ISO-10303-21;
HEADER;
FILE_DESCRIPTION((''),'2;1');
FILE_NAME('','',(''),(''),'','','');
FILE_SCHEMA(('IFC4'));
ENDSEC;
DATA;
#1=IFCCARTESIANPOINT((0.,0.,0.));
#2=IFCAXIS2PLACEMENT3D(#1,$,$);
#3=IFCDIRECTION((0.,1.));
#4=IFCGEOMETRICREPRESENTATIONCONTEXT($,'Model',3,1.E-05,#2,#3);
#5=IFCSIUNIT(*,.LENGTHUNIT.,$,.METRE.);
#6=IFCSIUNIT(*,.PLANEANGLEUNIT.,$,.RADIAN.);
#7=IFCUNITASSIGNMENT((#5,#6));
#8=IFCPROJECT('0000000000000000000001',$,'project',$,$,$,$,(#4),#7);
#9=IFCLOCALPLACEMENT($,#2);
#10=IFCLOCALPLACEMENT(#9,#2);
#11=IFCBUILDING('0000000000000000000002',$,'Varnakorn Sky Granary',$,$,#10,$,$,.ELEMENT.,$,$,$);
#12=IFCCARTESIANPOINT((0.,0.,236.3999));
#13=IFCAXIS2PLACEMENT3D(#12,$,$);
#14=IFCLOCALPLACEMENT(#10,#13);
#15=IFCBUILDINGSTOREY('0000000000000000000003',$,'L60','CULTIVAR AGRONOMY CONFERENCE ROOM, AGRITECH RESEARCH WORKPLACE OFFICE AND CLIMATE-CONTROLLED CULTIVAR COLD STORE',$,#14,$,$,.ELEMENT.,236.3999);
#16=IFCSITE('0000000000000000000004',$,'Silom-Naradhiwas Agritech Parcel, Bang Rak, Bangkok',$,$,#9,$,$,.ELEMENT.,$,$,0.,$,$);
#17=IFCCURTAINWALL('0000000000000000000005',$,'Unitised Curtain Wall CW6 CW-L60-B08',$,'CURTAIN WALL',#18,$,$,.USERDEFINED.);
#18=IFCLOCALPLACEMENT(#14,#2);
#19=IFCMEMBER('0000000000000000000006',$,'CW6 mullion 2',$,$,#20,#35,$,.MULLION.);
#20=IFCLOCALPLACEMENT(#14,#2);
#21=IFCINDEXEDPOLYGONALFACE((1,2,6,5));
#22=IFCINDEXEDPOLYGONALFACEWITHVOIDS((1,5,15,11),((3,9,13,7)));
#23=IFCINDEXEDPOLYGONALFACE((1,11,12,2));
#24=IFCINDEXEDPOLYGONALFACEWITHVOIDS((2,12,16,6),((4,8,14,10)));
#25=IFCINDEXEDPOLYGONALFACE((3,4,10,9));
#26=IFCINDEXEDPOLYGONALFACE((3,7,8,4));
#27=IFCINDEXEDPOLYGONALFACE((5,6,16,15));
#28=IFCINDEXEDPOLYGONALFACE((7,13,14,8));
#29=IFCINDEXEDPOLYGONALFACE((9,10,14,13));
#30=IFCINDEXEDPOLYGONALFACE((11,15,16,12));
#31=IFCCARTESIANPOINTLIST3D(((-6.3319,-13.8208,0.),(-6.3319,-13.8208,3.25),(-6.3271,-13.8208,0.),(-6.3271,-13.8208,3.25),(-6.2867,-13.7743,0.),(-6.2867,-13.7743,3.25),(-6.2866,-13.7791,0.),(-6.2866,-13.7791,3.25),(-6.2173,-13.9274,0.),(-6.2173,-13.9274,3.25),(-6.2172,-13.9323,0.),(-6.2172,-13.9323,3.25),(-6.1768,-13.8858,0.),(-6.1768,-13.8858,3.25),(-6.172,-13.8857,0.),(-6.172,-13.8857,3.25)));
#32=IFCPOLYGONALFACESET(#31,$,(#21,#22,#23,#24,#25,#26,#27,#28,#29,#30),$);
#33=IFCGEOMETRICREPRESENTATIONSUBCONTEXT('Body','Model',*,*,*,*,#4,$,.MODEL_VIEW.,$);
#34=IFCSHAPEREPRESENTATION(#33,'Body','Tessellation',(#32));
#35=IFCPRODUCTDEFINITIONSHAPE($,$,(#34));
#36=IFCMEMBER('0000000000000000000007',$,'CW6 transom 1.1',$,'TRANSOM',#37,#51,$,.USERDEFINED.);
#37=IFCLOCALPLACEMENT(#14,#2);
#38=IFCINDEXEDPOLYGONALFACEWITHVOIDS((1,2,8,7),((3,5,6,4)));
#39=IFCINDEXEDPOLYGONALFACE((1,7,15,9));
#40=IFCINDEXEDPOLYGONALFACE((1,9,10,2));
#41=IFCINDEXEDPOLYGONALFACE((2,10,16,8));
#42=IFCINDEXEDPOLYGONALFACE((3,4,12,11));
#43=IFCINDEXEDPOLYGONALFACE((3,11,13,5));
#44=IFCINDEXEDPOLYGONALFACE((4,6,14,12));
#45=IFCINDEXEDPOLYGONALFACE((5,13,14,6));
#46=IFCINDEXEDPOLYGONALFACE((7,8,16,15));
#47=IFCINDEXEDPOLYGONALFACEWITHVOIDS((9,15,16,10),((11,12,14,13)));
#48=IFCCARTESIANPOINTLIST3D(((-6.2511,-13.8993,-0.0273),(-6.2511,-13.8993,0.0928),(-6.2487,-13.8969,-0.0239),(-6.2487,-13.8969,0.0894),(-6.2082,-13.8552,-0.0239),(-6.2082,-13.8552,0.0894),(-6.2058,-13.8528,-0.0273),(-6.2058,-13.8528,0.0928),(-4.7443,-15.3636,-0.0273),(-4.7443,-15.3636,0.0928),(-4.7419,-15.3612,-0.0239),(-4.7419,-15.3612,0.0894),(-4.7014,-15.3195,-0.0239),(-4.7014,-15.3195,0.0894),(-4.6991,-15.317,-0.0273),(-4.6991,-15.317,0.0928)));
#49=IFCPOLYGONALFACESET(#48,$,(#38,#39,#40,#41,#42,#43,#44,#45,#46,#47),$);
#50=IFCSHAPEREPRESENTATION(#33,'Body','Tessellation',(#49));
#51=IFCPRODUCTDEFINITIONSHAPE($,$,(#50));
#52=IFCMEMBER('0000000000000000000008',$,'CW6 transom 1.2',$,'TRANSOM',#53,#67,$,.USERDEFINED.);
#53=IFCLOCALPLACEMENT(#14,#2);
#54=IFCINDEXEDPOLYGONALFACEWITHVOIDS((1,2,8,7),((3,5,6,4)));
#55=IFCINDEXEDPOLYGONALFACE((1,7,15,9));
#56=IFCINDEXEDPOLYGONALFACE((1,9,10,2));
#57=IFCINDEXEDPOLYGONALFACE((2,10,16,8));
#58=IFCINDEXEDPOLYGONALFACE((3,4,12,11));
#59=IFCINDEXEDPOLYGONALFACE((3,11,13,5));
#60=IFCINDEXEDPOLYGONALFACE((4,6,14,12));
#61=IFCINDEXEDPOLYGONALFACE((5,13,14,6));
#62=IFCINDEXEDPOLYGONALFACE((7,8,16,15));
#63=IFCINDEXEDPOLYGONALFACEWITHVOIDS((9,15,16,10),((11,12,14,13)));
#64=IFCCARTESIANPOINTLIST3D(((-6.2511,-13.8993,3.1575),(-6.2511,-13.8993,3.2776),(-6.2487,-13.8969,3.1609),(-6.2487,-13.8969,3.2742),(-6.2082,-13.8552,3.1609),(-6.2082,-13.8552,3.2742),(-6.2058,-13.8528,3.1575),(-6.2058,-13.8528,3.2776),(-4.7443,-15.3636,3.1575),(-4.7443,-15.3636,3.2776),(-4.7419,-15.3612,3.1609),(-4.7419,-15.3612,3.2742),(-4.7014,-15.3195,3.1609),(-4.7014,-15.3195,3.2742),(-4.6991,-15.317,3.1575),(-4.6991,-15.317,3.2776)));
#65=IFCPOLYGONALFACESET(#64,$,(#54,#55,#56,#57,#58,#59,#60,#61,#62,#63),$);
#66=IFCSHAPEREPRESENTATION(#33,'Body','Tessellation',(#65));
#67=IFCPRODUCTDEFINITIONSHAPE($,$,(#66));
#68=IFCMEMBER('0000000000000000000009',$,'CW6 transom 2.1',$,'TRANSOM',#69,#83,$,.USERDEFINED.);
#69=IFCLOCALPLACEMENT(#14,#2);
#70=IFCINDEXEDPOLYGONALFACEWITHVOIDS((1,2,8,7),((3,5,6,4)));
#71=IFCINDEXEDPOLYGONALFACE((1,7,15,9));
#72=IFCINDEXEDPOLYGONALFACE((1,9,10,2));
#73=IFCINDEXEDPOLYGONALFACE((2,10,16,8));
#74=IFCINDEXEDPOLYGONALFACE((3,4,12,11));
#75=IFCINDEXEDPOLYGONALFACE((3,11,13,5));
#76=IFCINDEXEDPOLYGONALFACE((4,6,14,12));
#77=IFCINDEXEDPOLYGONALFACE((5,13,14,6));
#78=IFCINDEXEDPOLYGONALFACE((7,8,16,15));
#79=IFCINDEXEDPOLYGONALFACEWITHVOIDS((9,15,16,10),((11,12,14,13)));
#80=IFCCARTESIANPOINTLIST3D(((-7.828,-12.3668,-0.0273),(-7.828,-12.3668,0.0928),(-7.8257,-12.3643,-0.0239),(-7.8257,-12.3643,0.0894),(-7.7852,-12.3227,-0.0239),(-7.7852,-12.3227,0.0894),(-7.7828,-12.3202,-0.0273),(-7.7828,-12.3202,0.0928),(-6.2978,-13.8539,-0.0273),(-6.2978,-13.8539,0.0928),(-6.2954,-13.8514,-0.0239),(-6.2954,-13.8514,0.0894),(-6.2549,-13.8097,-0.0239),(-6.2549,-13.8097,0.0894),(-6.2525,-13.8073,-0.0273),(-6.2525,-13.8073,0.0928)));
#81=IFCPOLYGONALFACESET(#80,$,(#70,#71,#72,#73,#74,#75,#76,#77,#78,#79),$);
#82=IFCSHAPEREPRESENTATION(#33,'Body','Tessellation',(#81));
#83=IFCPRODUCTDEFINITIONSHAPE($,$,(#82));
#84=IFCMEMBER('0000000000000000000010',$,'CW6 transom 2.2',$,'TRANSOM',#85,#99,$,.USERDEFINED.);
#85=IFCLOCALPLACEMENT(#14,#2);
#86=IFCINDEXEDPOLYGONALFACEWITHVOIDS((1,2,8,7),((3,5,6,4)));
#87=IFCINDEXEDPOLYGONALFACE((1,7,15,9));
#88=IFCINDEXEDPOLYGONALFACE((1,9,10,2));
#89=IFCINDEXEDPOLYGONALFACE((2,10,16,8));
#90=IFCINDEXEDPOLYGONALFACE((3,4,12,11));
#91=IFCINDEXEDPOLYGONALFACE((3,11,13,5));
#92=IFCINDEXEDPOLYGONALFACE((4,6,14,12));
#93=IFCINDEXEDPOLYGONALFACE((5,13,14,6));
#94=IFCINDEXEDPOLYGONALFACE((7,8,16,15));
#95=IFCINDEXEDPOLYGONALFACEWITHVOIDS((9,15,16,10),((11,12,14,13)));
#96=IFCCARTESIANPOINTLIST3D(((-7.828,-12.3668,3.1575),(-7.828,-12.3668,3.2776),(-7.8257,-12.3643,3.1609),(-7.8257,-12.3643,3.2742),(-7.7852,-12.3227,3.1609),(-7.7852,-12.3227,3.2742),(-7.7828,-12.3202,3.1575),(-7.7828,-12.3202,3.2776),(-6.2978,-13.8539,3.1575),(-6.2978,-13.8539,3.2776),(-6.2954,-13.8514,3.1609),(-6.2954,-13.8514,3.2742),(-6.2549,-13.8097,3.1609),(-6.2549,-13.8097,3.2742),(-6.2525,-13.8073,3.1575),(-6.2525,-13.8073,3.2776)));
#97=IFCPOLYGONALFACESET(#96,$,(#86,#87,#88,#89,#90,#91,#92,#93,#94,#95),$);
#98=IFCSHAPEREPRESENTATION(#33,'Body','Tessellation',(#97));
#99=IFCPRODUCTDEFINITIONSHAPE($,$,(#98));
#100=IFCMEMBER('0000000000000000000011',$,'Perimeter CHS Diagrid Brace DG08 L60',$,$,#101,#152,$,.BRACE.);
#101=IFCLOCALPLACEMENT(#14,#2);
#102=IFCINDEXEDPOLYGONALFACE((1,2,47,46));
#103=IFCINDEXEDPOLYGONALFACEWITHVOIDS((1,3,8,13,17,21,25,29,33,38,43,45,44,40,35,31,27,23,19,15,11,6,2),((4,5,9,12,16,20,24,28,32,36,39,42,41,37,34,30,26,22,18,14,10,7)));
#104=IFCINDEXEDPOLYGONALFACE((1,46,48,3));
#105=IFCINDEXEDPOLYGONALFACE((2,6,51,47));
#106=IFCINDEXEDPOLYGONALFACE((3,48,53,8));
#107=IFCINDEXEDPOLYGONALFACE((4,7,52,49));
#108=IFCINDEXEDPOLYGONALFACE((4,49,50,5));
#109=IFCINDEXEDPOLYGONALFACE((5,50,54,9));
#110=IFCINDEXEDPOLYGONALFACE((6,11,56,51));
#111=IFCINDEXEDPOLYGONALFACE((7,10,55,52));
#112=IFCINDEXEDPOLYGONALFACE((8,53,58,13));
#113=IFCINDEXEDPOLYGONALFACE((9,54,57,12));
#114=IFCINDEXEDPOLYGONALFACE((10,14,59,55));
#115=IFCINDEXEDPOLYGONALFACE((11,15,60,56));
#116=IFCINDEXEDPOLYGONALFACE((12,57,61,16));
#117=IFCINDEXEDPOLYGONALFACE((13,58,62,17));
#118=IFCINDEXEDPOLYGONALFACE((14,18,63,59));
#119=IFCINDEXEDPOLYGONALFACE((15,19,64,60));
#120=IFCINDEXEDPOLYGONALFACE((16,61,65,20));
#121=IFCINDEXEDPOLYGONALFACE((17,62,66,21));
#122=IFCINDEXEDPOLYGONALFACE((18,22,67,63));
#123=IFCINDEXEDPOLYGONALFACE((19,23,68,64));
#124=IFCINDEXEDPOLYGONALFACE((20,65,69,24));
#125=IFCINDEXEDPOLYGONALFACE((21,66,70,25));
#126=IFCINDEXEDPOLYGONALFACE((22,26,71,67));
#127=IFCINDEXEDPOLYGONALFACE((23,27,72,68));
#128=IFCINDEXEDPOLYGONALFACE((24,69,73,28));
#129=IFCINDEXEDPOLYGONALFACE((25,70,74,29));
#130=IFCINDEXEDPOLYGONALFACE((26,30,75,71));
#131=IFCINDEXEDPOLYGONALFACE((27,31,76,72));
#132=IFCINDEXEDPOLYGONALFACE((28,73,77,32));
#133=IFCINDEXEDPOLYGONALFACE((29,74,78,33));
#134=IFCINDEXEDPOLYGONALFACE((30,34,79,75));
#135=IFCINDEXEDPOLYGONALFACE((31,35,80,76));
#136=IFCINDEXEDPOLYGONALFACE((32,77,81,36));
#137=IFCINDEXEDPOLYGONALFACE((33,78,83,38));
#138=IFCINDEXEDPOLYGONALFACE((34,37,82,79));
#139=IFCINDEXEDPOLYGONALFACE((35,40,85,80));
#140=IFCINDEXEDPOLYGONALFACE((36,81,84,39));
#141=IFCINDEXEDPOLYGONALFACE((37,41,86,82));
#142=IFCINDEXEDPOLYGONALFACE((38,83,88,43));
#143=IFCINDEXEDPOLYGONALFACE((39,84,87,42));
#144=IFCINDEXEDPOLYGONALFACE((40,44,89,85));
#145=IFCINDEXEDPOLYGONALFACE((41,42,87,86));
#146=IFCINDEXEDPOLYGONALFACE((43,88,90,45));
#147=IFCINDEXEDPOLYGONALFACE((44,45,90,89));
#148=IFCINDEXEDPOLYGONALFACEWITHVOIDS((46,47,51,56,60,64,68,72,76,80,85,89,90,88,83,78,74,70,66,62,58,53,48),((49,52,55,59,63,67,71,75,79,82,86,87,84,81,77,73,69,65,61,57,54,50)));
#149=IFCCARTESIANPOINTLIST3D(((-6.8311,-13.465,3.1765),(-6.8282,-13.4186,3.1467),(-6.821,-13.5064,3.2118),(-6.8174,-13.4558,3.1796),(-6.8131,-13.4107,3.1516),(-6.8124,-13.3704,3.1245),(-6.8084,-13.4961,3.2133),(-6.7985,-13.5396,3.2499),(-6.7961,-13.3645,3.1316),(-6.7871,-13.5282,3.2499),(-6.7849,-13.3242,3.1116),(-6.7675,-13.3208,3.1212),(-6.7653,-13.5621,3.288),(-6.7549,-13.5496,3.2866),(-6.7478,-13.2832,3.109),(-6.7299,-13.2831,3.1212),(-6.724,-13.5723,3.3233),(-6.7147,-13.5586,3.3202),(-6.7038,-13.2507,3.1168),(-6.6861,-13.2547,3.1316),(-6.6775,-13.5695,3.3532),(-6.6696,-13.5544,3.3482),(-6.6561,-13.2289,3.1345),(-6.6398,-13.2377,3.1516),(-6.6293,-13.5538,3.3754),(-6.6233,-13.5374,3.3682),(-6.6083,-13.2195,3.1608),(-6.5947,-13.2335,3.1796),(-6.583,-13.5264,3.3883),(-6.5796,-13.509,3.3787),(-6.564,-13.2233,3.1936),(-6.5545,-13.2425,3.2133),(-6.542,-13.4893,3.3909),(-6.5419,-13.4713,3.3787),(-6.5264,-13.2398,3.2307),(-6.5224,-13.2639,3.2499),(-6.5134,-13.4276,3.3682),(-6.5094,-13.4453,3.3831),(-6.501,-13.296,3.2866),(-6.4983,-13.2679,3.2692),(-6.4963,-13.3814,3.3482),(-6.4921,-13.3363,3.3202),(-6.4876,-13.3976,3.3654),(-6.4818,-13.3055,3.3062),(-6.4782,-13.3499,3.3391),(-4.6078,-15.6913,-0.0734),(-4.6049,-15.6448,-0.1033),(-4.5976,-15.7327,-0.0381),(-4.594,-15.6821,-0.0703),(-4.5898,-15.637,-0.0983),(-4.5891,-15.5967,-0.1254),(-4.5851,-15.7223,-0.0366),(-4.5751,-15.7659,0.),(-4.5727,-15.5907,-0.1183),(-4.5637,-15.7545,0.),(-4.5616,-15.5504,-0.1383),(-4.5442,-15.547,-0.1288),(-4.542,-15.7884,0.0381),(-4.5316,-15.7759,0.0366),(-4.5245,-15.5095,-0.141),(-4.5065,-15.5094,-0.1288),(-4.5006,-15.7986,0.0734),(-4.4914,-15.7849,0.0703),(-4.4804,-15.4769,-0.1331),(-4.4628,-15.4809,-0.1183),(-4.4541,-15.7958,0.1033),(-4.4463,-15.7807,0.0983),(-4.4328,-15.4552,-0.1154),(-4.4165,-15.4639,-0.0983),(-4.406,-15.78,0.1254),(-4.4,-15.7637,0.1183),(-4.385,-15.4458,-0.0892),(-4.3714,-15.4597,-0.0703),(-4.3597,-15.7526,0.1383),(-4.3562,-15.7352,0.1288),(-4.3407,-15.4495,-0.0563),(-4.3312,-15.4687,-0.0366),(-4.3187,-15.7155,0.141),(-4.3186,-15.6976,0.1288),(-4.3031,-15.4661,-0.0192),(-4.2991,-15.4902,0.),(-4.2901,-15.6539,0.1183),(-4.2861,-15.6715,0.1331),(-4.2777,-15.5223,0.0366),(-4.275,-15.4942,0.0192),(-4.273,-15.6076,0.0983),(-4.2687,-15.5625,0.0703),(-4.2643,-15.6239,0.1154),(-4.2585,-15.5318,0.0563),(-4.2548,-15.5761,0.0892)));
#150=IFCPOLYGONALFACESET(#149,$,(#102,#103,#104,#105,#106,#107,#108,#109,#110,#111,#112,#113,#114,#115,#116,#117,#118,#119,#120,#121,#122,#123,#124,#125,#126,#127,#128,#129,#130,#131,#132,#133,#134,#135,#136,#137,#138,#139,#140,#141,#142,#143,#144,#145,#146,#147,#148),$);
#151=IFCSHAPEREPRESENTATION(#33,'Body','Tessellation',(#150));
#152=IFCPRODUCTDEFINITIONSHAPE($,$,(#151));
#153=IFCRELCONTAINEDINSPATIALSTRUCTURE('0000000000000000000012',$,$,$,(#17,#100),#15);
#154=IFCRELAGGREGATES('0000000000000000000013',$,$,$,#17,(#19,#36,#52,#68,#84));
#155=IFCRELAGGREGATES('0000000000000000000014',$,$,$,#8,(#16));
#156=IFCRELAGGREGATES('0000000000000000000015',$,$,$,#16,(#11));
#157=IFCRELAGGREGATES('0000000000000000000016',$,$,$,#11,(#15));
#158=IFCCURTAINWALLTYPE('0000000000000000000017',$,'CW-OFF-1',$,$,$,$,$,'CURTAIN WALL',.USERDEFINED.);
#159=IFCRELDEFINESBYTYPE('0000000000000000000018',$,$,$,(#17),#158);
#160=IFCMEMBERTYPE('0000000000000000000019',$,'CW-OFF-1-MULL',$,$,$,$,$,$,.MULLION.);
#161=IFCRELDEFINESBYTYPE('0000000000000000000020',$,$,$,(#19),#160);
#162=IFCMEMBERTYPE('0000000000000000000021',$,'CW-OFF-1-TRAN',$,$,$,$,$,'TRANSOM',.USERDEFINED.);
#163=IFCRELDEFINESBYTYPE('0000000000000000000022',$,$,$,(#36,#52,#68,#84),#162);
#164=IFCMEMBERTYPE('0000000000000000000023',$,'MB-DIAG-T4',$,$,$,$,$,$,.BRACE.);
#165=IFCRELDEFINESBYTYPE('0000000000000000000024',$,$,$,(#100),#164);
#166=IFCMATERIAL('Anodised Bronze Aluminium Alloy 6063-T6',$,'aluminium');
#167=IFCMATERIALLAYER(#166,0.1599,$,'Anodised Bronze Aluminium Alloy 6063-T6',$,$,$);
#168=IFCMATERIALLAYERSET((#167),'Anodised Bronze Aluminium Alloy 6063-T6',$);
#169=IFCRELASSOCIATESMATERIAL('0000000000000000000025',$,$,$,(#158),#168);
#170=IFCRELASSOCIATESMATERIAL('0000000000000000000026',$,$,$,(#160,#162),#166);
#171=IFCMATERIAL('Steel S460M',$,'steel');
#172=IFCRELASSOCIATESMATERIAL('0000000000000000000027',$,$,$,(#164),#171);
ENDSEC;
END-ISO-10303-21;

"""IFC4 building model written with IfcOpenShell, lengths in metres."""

from ifc_helpers import new_model, si_unit, direction, frame, origin, origin_2d, place, context, subcontext, project, spatial, hollow_rectangle, hollow_circle, extrude, material, layer, layer_set, material_profile, profile_set, type_object, element, aggregate, save


model = new_model("IFC4")

# Units and contexts
model_context = context("Model", 3, precision=1e-05, world=origin(), true_north=direction((0.0, 1.0)))
body_context = subcontext(model_context, "Body", "Model", "MODEL_VIEW")
ifc_project = project(units=[si_unit("LENGTHUNIT", "METRE"), si_unit("PLANEANGLEUNIT", "RADIAN")], contexts=[model_context])

# Site, building, storey
site_placement = place(None, origin())
site = spatial("IfcSite", under=ifc_project, at=site_placement, Name="Silom-Naradhiwas Agritech Parcel, Bang Rak, Bangkok", CompositionType="ELEMENT", RefElevation=0.0)
building_placement = place(site_placement, origin())
building = spatial("IfcBuilding", under=site, at=building_placement, Name="Varnakorn Sky Granary", CompositionType="ELEMENT")
storey_placement = place(building_placement, frame((0.0, 0.0, 236.3999)))
storey = spatial("IfcBuildingStorey", under=building, at=storey_placement, Name="L60", Description="CULTIVAR AGRONOMY CONFERENCE ROOM, AGRITECH RESEARCH WORKPLACE OFFICE AND CLIMATE-CONTROLLED CULTIVAR COLD STORE", CompositionType="ELEMENT", Elevation=236.3999)

# Shared definitions
ifc_material_1 = material(Name="Steel S460M", Category="steel")

# Curtain wall, members
ifc_material_2 = material(Name="Anodised Bronze Aluminium Alloy 6063-T6", Category="aluminium")
ifc_layer_1 = layer(ifc_material_2, 0.1599, Name="Anodised Bronze Aluminium Alloy 6063-T6")
ifc_layer_set_1 = layer_set([ifc_layer_1], Name="Anodised Bronze Aluminium Alloy 6063-T6")
curtain_wall_type = type_object("IfcCurtainWallType", Name="CW-OFF-1", ElementType="CURTAIN WALL", PredefinedType="USERDEFINED", material=ifc_layer_set_1)
curtain_wall_placement = place(storey_placement, origin())
curtain_wall = element("IfcCurtainWall", 1, at=curtain_wall_placement, inside=storey, type_object=curtain_wall_type, Name="Unitised Curtain Wall CW6 CW-L60-B08", ObjectType="CURTAIN WALL", PredefinedType="USERDEFINED")
ifc_material_profile_1 = material_profile(ifc_material_2, hollow_rectangle(XDim=0.0649, YDim=0.1599, WallThickness=0.0034, at=origin_2d()), Name="ALU MULL 65x160")
ifc_profile_set_1 = profile_set([ifc_material_profile_1], Name="Anodised Bronze Aluminium Alloy 6063-T6")
member_type_1 = type_object("IfcMemberType", Name="CW-OFF-1-MULL", PredefinedType="MULLION", material=ifc_profile_set_1)
member_1_placement = place(storey_placement, frame((-6.252, -13.8533, 0.0), z_axis=(0.0, 0.0, 1.0), x_axis=(-0.696915, -0.717154, 0.0)))
member_1 = element("IfcMember", 2, at=member_1_placement, type_object=member_type_1, Name="CW6 mullion 2", PredefinedType="MULLION", context=body_context, shape_type="SweptSolid", body=[
    extrude(hollow_rectangle(XDim=0.0649, YDim=0.1599, WallThickness=0.0034, at=origin_2d()), origin(), (0.0, 0.0, 1.0), 3.25),
])
ifc_material_profile_2 = material_profile(ifc_material_2, hollow_rectangle(XDim=0.0649, YDim=0.1201, WallThickness=0.0034, at=origin_2d()), Name="ALU TRAN 65x120")
ifc_profile_set_2 = profile_set([ifc_material_profile_2], Name="Anodised Bronze Aluminium Alloy 6063-T6")
member_type_2 = type_object("IfcMemberType", Name="CW-OFF-1-TRAN", ElementType="TRANSOM", PredefinedType="USERDEFINED", material=ifc_profile_set_2)
member_2_placement = place(storey_placement, frame((-4.7217, -15.3403, 0.0327), z_axis=(-0.717143, 0.696926, 0.0), x_axis=(-0.696926, -0.717143, 0.0)))
member_2 = element("IfcMember", 3, at=member_2_placement, type_object=member_type_2, Name="CW6 transom 1.1", ObjectType="TRANSOM", PredefinedType="USERDEFINED", context=body_context, shape_type="SweptSolid", body=[
    extrude(hollow_rectangle(XDim=0.0649, YDim=0.1201, WallThickness=0.0034, at=origin_2d()), origin(), (0.0, 0.0, 1.0), 2.1011),
])
member_3_placement = place(storey_placement, frame((-4.7217, -15.3403, 3.2175), z_axis=(-0.717143, 0.696926, 0.0), x_axis=(-0.696926, -0.717143, 0.0)))
member_3 = element("IfcMember", 4, at=member_3_placement, type_object=member_type_2, Name="CW6 transom 1.2", ObjectType="TRANSOM", PredefinedType="USERDEFINED", context=body_context, shape_type="SweptSolid", body=[
    extrude(hollow_rectangle(XDim=0.0649, YDim=0.1201, WallThickness=0.0034, at=origin_2d()), origin(), (0.0, 0.0, 1.0), 2.1011),
])
member_4_placement = place(storey_placement, frame((-6.2751, -13.8306, 0.0327), z_axis=(-0.71716, 0.696908, 0.0), x_axis=(-0.696908, -0.71716, 0.0)))
member_4 = element("IfcMember", 5, at=member_4_placement, type_object=member_type_2, Name="CW6 transom 2.1", ObjectType="TRANSOM", PredefinedType="USERDEFINED", context=body_context, shape_type="SweptSolid", body=[
    extrude(hollow_rectangle(XDim=0.0649, YDim=0.1201, WallThickness=0.0034, at=origin_2d()), origin(), (0.0, 0.0, 1.0), 2.1338),
])
member_5_placement = place(storey_placement, frame((-6.2751, -13.8306, 3.2175), z_axis=(-0.71716, 0.696908, 0.0), x_axis=(-0.696908, -0.71716, 0.0)))
member_5 = element("IfcMember", 6, at=member_5_placement, type_object=member_type_2, Name="CW6 transom 2.2", ObjectType="TRANSOM", PredefinedType="USERDEFINED", context=body_context, shape_type="SweptSolid", body=[
    extrude(hollow_rectangle(XDim=0.0649, YDim=0.1201, WallThickness=0.0034, at=origin_2d()), origin(), (0.0, 0.0, 1.0), 2.1338),
])

# Member
ifc_material_profile_3 = material_profile(ifc_material_1, hollow_circle(Radius=0.2031, WallThickness=0.0161, at=origin_2d()), Name="CHS 406.4x16")
ifc_profile_set_3 = profile_set([ifc_material_profile_3], Name="Steel S460M")
member_type_3 = type_object("IfcMemberType", Name="MB-DIAG-T4", PredefinedType="BRACE", material=ifc_profile_set_3)
member_6_placement = place(storey_placement, frame((-4.4314, -15.6223, 0.0), z_axis=(-0.491515, 0.492162, 0.718463), x_axis=(-0.707572, -0.706641, 0.0)))
element("IfcMember", 7, at=member_6_placement, inside=storey, type_object=member_type_3, Name="Perimeter CHS Diagrid Brace DG08 L60", PredefinedType="BRACE", context=body_context, shape_type="SweptSolid", body=[
    extrude(hollow_circle(Radius=0.2031, WallThickness=0.0161, at=origin_2d()), origin(), (0.0, 0.0, 1.0), 4.5234),
])

aggregate(curtain_wall, [member_1, member_2, member_3, member_4, member_5])

save(model, "model.ifc")
